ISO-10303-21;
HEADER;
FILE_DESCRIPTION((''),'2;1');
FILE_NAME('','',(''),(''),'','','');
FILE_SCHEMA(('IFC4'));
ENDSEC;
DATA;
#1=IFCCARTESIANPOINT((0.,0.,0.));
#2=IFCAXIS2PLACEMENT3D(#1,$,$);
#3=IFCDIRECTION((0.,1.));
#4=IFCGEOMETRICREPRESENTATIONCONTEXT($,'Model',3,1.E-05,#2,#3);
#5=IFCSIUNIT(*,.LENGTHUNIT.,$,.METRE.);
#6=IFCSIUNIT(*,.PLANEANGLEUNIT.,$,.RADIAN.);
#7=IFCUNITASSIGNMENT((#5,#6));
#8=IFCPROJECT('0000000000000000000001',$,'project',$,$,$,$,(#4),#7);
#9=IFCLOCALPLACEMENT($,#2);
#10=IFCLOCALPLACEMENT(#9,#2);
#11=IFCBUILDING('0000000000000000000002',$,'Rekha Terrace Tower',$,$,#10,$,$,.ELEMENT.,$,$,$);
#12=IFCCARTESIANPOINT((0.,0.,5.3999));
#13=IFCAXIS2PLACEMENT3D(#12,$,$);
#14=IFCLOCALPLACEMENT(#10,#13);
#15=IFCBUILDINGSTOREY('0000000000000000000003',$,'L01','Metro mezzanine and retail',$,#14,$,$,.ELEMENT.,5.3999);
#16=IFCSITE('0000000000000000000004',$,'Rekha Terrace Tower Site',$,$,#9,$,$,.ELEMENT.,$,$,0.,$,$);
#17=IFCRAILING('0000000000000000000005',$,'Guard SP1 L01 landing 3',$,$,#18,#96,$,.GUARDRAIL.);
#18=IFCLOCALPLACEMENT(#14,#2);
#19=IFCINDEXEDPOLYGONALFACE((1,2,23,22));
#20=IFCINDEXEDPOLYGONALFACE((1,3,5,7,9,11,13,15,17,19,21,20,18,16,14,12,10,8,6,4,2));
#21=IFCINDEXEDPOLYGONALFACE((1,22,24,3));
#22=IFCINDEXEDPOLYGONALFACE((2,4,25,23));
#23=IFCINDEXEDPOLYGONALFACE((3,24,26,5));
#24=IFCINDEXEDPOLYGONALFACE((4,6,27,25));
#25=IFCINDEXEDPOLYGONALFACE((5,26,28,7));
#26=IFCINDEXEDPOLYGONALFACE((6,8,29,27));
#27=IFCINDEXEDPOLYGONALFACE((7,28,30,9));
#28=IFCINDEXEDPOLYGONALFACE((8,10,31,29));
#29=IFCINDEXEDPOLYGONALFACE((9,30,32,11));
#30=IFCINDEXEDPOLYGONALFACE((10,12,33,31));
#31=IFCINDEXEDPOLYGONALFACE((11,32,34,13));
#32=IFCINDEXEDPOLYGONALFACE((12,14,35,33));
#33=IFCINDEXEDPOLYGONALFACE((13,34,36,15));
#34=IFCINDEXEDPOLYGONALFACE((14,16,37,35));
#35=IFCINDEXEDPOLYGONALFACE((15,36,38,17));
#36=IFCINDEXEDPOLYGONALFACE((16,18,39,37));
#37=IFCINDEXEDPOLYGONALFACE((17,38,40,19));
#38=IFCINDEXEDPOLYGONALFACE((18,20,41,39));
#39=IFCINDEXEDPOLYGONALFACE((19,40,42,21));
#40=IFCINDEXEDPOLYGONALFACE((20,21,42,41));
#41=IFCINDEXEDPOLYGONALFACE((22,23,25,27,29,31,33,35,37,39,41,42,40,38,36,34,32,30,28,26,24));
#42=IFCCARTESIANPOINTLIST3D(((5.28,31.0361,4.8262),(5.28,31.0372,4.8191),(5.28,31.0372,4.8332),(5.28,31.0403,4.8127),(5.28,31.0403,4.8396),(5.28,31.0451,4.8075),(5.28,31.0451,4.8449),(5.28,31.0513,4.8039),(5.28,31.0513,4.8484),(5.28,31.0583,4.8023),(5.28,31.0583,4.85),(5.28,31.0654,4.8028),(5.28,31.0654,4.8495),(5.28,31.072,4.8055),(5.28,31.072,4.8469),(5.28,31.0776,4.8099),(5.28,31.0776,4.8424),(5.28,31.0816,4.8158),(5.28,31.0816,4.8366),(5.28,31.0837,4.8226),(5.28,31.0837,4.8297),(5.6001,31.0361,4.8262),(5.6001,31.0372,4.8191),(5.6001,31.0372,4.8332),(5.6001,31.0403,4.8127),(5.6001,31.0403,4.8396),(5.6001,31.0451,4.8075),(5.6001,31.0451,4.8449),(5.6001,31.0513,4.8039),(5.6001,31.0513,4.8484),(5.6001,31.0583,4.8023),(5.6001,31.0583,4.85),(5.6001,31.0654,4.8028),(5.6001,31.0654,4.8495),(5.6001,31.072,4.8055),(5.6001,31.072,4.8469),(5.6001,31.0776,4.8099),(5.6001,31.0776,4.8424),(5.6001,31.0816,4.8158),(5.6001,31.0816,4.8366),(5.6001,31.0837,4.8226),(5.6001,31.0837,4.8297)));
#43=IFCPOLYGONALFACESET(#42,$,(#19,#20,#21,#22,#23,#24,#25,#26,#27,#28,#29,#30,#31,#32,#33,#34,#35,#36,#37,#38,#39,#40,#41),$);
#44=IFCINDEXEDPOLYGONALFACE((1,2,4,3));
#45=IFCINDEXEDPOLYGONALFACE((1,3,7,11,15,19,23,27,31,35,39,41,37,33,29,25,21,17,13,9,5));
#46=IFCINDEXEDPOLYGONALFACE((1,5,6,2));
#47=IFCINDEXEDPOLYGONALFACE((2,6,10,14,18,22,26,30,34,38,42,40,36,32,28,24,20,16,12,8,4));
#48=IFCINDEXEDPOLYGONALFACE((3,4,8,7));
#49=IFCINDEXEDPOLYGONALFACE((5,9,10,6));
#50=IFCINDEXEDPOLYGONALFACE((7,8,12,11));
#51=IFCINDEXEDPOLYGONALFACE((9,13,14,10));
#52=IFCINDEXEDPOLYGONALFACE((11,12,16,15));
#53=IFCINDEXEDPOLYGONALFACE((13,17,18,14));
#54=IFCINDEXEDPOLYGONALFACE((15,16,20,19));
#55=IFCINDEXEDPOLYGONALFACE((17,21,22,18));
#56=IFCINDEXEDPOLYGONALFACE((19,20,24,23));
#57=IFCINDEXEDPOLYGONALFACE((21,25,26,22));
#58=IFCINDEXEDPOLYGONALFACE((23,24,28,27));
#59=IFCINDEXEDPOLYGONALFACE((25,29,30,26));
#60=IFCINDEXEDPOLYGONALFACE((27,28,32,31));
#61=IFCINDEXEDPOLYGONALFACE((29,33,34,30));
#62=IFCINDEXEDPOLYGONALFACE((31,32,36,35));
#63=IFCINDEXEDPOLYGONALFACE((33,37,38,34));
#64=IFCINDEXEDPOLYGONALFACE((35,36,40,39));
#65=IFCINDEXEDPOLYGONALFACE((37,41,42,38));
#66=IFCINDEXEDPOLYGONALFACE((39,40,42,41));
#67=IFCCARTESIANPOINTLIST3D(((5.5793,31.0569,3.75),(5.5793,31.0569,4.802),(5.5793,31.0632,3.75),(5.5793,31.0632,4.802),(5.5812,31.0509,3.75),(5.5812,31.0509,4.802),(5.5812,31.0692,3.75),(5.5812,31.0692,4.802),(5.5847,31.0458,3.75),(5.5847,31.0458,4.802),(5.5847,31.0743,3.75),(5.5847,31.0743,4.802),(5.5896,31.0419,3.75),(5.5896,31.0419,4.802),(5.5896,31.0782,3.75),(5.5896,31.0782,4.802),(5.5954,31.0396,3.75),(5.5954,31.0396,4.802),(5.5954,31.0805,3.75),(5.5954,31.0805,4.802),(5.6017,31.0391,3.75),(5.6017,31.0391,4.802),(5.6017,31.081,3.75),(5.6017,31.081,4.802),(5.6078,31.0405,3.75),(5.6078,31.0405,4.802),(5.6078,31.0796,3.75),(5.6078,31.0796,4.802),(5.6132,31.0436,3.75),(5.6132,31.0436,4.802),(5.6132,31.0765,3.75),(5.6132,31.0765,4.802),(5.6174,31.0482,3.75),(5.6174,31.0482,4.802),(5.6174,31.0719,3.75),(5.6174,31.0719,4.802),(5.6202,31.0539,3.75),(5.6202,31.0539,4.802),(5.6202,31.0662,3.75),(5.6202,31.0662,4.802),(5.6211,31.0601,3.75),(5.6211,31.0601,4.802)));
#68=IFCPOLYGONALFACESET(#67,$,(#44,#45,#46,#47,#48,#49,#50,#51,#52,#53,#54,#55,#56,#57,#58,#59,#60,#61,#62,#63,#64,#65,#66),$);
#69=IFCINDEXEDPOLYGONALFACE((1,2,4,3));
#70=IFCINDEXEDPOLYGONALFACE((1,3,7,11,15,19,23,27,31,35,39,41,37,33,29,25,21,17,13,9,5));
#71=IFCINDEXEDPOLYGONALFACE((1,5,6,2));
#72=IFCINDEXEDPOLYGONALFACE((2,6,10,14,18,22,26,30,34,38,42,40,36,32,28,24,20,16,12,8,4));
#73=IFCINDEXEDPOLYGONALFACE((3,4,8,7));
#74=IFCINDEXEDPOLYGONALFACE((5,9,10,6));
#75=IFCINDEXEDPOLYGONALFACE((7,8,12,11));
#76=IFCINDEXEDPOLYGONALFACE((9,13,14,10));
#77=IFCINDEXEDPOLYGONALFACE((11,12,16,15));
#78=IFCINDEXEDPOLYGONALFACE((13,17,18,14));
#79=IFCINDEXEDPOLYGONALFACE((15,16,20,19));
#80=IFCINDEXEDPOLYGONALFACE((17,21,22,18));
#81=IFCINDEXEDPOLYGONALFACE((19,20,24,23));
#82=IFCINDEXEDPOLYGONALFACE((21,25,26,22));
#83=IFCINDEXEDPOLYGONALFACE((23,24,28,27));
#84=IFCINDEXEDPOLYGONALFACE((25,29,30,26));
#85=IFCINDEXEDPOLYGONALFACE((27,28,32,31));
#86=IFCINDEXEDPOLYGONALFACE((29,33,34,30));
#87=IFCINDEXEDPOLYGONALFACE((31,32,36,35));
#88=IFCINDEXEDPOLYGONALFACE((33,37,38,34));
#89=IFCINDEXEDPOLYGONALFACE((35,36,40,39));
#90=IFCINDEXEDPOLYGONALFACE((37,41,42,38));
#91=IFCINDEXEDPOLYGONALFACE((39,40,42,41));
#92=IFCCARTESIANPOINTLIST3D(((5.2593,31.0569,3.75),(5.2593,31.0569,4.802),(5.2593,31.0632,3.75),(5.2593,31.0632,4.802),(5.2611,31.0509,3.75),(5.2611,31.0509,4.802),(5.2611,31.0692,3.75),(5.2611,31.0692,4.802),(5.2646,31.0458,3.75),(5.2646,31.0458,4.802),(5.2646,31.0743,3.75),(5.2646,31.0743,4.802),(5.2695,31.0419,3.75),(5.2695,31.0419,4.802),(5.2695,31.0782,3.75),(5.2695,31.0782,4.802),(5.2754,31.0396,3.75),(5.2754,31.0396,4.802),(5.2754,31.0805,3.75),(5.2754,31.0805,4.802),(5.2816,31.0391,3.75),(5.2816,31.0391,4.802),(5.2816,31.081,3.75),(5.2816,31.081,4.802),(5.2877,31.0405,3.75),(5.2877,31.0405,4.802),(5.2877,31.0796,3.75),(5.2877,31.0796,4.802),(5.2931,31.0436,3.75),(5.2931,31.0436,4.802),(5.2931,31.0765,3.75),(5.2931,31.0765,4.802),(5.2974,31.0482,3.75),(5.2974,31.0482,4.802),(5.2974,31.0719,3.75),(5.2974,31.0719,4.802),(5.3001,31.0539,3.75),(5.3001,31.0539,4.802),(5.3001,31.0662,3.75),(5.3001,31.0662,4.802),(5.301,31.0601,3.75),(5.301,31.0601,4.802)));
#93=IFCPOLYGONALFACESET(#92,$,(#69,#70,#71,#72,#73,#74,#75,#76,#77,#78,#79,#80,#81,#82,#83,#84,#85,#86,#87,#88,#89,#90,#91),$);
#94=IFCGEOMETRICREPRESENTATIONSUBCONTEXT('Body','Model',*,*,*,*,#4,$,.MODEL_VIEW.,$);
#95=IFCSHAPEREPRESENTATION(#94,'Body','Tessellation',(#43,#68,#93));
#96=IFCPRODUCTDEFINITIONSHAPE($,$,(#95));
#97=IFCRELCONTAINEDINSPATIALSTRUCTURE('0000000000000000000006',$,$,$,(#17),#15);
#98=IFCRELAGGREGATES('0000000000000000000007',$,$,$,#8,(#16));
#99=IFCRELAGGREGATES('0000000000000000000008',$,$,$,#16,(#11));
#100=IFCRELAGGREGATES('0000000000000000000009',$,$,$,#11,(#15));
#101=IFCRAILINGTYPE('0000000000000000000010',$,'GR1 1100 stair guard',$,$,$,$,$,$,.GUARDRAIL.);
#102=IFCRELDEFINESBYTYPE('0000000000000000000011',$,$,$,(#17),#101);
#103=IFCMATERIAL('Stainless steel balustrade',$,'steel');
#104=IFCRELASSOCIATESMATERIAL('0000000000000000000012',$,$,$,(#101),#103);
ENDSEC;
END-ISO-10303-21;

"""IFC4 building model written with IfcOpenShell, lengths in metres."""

from ifc_helpers import new_model, si_unit, direction, frame, origin, origin_2d, place, context, subcontext, project, spatial, circle, extrude, material, type_object, element, save


model = new_model("IFC4")

# Units and contexts
model_context = context("Model", 3, precision=1e-05, world=origin(), true_north=direction((0.0, 1.0)))
body_context = subcontext(model_context, "Body", "Model", "MODEL_VIEW")
ifc_project = project(units=[si_unit("LENGTHUNIT", "METRE"), si_unit("PLANEANGLEUNIT", "RADIAN")], contexts=[model_context])

# Site, building, storey
site_placement = place(None, origin())
site = spatial("IfcSite", under=ifc_project, at=site_placement, Name="Rekha Terrace Tower Site", CompositionType="ELEMENT", RefElevation=0.0)
building_placement = place(site_placement, origin())
building = spatial("IfcBuilding", under=site, at=building_placement, Name="Rekha Terrace Tower", CompositionType="ELEMENT")
storey_placement = place(building_placement, frame((0.0, 0.0, 5.3999)))
storey = spatial("IfcBuildingStorey", under=building, at=storey_placement, Name="L01", Description="Metro mezzanine and retail", CompositionType="ELEMENT", Elevation=5.3999)

# Railing
ifc_material_1 = material(Name="Stainless steel balustrade", Category="steel")
railing_type_1 = type_object("IfcRailingType", Name="GR1 1100 stair guard", PredefinedType="GUARDRAIL", material=ifc_material_1)
railing_1_placement = place(storey_placement, frame((5.6001, 31.0601, 3.75)))
element("IfcRailing", 1, at=railing_1_placement, inside=storey, type_object=railing_type_1, Name="Guard SP1 L01 landing 3", PredefinedType="GUARDRAIL", context=body_context, shape_type="SweptSolid", body=[
    extrude(circle(Radius=0.0239, at=origin_2d()), frame((0.0, 0.0, 1.0762), z_axis=(-1.0, 0.0, 0.0), x_axis=(0.0, -1.0, 0.0)), (0.0, 0.0, 1.0), 0.3201),
    extrude(circle(Radius=0.021, at=origin_2d()), origin(), (0.0, 0.0, 1.0), 1.052),
    extrude(circle(Radius=0.021, at=origin_2d()), frame((-0.3201, 0.0, 0.0)), (0.0, 0.0, 1.0), 1.052),
])

save(model, "model.ifc")
